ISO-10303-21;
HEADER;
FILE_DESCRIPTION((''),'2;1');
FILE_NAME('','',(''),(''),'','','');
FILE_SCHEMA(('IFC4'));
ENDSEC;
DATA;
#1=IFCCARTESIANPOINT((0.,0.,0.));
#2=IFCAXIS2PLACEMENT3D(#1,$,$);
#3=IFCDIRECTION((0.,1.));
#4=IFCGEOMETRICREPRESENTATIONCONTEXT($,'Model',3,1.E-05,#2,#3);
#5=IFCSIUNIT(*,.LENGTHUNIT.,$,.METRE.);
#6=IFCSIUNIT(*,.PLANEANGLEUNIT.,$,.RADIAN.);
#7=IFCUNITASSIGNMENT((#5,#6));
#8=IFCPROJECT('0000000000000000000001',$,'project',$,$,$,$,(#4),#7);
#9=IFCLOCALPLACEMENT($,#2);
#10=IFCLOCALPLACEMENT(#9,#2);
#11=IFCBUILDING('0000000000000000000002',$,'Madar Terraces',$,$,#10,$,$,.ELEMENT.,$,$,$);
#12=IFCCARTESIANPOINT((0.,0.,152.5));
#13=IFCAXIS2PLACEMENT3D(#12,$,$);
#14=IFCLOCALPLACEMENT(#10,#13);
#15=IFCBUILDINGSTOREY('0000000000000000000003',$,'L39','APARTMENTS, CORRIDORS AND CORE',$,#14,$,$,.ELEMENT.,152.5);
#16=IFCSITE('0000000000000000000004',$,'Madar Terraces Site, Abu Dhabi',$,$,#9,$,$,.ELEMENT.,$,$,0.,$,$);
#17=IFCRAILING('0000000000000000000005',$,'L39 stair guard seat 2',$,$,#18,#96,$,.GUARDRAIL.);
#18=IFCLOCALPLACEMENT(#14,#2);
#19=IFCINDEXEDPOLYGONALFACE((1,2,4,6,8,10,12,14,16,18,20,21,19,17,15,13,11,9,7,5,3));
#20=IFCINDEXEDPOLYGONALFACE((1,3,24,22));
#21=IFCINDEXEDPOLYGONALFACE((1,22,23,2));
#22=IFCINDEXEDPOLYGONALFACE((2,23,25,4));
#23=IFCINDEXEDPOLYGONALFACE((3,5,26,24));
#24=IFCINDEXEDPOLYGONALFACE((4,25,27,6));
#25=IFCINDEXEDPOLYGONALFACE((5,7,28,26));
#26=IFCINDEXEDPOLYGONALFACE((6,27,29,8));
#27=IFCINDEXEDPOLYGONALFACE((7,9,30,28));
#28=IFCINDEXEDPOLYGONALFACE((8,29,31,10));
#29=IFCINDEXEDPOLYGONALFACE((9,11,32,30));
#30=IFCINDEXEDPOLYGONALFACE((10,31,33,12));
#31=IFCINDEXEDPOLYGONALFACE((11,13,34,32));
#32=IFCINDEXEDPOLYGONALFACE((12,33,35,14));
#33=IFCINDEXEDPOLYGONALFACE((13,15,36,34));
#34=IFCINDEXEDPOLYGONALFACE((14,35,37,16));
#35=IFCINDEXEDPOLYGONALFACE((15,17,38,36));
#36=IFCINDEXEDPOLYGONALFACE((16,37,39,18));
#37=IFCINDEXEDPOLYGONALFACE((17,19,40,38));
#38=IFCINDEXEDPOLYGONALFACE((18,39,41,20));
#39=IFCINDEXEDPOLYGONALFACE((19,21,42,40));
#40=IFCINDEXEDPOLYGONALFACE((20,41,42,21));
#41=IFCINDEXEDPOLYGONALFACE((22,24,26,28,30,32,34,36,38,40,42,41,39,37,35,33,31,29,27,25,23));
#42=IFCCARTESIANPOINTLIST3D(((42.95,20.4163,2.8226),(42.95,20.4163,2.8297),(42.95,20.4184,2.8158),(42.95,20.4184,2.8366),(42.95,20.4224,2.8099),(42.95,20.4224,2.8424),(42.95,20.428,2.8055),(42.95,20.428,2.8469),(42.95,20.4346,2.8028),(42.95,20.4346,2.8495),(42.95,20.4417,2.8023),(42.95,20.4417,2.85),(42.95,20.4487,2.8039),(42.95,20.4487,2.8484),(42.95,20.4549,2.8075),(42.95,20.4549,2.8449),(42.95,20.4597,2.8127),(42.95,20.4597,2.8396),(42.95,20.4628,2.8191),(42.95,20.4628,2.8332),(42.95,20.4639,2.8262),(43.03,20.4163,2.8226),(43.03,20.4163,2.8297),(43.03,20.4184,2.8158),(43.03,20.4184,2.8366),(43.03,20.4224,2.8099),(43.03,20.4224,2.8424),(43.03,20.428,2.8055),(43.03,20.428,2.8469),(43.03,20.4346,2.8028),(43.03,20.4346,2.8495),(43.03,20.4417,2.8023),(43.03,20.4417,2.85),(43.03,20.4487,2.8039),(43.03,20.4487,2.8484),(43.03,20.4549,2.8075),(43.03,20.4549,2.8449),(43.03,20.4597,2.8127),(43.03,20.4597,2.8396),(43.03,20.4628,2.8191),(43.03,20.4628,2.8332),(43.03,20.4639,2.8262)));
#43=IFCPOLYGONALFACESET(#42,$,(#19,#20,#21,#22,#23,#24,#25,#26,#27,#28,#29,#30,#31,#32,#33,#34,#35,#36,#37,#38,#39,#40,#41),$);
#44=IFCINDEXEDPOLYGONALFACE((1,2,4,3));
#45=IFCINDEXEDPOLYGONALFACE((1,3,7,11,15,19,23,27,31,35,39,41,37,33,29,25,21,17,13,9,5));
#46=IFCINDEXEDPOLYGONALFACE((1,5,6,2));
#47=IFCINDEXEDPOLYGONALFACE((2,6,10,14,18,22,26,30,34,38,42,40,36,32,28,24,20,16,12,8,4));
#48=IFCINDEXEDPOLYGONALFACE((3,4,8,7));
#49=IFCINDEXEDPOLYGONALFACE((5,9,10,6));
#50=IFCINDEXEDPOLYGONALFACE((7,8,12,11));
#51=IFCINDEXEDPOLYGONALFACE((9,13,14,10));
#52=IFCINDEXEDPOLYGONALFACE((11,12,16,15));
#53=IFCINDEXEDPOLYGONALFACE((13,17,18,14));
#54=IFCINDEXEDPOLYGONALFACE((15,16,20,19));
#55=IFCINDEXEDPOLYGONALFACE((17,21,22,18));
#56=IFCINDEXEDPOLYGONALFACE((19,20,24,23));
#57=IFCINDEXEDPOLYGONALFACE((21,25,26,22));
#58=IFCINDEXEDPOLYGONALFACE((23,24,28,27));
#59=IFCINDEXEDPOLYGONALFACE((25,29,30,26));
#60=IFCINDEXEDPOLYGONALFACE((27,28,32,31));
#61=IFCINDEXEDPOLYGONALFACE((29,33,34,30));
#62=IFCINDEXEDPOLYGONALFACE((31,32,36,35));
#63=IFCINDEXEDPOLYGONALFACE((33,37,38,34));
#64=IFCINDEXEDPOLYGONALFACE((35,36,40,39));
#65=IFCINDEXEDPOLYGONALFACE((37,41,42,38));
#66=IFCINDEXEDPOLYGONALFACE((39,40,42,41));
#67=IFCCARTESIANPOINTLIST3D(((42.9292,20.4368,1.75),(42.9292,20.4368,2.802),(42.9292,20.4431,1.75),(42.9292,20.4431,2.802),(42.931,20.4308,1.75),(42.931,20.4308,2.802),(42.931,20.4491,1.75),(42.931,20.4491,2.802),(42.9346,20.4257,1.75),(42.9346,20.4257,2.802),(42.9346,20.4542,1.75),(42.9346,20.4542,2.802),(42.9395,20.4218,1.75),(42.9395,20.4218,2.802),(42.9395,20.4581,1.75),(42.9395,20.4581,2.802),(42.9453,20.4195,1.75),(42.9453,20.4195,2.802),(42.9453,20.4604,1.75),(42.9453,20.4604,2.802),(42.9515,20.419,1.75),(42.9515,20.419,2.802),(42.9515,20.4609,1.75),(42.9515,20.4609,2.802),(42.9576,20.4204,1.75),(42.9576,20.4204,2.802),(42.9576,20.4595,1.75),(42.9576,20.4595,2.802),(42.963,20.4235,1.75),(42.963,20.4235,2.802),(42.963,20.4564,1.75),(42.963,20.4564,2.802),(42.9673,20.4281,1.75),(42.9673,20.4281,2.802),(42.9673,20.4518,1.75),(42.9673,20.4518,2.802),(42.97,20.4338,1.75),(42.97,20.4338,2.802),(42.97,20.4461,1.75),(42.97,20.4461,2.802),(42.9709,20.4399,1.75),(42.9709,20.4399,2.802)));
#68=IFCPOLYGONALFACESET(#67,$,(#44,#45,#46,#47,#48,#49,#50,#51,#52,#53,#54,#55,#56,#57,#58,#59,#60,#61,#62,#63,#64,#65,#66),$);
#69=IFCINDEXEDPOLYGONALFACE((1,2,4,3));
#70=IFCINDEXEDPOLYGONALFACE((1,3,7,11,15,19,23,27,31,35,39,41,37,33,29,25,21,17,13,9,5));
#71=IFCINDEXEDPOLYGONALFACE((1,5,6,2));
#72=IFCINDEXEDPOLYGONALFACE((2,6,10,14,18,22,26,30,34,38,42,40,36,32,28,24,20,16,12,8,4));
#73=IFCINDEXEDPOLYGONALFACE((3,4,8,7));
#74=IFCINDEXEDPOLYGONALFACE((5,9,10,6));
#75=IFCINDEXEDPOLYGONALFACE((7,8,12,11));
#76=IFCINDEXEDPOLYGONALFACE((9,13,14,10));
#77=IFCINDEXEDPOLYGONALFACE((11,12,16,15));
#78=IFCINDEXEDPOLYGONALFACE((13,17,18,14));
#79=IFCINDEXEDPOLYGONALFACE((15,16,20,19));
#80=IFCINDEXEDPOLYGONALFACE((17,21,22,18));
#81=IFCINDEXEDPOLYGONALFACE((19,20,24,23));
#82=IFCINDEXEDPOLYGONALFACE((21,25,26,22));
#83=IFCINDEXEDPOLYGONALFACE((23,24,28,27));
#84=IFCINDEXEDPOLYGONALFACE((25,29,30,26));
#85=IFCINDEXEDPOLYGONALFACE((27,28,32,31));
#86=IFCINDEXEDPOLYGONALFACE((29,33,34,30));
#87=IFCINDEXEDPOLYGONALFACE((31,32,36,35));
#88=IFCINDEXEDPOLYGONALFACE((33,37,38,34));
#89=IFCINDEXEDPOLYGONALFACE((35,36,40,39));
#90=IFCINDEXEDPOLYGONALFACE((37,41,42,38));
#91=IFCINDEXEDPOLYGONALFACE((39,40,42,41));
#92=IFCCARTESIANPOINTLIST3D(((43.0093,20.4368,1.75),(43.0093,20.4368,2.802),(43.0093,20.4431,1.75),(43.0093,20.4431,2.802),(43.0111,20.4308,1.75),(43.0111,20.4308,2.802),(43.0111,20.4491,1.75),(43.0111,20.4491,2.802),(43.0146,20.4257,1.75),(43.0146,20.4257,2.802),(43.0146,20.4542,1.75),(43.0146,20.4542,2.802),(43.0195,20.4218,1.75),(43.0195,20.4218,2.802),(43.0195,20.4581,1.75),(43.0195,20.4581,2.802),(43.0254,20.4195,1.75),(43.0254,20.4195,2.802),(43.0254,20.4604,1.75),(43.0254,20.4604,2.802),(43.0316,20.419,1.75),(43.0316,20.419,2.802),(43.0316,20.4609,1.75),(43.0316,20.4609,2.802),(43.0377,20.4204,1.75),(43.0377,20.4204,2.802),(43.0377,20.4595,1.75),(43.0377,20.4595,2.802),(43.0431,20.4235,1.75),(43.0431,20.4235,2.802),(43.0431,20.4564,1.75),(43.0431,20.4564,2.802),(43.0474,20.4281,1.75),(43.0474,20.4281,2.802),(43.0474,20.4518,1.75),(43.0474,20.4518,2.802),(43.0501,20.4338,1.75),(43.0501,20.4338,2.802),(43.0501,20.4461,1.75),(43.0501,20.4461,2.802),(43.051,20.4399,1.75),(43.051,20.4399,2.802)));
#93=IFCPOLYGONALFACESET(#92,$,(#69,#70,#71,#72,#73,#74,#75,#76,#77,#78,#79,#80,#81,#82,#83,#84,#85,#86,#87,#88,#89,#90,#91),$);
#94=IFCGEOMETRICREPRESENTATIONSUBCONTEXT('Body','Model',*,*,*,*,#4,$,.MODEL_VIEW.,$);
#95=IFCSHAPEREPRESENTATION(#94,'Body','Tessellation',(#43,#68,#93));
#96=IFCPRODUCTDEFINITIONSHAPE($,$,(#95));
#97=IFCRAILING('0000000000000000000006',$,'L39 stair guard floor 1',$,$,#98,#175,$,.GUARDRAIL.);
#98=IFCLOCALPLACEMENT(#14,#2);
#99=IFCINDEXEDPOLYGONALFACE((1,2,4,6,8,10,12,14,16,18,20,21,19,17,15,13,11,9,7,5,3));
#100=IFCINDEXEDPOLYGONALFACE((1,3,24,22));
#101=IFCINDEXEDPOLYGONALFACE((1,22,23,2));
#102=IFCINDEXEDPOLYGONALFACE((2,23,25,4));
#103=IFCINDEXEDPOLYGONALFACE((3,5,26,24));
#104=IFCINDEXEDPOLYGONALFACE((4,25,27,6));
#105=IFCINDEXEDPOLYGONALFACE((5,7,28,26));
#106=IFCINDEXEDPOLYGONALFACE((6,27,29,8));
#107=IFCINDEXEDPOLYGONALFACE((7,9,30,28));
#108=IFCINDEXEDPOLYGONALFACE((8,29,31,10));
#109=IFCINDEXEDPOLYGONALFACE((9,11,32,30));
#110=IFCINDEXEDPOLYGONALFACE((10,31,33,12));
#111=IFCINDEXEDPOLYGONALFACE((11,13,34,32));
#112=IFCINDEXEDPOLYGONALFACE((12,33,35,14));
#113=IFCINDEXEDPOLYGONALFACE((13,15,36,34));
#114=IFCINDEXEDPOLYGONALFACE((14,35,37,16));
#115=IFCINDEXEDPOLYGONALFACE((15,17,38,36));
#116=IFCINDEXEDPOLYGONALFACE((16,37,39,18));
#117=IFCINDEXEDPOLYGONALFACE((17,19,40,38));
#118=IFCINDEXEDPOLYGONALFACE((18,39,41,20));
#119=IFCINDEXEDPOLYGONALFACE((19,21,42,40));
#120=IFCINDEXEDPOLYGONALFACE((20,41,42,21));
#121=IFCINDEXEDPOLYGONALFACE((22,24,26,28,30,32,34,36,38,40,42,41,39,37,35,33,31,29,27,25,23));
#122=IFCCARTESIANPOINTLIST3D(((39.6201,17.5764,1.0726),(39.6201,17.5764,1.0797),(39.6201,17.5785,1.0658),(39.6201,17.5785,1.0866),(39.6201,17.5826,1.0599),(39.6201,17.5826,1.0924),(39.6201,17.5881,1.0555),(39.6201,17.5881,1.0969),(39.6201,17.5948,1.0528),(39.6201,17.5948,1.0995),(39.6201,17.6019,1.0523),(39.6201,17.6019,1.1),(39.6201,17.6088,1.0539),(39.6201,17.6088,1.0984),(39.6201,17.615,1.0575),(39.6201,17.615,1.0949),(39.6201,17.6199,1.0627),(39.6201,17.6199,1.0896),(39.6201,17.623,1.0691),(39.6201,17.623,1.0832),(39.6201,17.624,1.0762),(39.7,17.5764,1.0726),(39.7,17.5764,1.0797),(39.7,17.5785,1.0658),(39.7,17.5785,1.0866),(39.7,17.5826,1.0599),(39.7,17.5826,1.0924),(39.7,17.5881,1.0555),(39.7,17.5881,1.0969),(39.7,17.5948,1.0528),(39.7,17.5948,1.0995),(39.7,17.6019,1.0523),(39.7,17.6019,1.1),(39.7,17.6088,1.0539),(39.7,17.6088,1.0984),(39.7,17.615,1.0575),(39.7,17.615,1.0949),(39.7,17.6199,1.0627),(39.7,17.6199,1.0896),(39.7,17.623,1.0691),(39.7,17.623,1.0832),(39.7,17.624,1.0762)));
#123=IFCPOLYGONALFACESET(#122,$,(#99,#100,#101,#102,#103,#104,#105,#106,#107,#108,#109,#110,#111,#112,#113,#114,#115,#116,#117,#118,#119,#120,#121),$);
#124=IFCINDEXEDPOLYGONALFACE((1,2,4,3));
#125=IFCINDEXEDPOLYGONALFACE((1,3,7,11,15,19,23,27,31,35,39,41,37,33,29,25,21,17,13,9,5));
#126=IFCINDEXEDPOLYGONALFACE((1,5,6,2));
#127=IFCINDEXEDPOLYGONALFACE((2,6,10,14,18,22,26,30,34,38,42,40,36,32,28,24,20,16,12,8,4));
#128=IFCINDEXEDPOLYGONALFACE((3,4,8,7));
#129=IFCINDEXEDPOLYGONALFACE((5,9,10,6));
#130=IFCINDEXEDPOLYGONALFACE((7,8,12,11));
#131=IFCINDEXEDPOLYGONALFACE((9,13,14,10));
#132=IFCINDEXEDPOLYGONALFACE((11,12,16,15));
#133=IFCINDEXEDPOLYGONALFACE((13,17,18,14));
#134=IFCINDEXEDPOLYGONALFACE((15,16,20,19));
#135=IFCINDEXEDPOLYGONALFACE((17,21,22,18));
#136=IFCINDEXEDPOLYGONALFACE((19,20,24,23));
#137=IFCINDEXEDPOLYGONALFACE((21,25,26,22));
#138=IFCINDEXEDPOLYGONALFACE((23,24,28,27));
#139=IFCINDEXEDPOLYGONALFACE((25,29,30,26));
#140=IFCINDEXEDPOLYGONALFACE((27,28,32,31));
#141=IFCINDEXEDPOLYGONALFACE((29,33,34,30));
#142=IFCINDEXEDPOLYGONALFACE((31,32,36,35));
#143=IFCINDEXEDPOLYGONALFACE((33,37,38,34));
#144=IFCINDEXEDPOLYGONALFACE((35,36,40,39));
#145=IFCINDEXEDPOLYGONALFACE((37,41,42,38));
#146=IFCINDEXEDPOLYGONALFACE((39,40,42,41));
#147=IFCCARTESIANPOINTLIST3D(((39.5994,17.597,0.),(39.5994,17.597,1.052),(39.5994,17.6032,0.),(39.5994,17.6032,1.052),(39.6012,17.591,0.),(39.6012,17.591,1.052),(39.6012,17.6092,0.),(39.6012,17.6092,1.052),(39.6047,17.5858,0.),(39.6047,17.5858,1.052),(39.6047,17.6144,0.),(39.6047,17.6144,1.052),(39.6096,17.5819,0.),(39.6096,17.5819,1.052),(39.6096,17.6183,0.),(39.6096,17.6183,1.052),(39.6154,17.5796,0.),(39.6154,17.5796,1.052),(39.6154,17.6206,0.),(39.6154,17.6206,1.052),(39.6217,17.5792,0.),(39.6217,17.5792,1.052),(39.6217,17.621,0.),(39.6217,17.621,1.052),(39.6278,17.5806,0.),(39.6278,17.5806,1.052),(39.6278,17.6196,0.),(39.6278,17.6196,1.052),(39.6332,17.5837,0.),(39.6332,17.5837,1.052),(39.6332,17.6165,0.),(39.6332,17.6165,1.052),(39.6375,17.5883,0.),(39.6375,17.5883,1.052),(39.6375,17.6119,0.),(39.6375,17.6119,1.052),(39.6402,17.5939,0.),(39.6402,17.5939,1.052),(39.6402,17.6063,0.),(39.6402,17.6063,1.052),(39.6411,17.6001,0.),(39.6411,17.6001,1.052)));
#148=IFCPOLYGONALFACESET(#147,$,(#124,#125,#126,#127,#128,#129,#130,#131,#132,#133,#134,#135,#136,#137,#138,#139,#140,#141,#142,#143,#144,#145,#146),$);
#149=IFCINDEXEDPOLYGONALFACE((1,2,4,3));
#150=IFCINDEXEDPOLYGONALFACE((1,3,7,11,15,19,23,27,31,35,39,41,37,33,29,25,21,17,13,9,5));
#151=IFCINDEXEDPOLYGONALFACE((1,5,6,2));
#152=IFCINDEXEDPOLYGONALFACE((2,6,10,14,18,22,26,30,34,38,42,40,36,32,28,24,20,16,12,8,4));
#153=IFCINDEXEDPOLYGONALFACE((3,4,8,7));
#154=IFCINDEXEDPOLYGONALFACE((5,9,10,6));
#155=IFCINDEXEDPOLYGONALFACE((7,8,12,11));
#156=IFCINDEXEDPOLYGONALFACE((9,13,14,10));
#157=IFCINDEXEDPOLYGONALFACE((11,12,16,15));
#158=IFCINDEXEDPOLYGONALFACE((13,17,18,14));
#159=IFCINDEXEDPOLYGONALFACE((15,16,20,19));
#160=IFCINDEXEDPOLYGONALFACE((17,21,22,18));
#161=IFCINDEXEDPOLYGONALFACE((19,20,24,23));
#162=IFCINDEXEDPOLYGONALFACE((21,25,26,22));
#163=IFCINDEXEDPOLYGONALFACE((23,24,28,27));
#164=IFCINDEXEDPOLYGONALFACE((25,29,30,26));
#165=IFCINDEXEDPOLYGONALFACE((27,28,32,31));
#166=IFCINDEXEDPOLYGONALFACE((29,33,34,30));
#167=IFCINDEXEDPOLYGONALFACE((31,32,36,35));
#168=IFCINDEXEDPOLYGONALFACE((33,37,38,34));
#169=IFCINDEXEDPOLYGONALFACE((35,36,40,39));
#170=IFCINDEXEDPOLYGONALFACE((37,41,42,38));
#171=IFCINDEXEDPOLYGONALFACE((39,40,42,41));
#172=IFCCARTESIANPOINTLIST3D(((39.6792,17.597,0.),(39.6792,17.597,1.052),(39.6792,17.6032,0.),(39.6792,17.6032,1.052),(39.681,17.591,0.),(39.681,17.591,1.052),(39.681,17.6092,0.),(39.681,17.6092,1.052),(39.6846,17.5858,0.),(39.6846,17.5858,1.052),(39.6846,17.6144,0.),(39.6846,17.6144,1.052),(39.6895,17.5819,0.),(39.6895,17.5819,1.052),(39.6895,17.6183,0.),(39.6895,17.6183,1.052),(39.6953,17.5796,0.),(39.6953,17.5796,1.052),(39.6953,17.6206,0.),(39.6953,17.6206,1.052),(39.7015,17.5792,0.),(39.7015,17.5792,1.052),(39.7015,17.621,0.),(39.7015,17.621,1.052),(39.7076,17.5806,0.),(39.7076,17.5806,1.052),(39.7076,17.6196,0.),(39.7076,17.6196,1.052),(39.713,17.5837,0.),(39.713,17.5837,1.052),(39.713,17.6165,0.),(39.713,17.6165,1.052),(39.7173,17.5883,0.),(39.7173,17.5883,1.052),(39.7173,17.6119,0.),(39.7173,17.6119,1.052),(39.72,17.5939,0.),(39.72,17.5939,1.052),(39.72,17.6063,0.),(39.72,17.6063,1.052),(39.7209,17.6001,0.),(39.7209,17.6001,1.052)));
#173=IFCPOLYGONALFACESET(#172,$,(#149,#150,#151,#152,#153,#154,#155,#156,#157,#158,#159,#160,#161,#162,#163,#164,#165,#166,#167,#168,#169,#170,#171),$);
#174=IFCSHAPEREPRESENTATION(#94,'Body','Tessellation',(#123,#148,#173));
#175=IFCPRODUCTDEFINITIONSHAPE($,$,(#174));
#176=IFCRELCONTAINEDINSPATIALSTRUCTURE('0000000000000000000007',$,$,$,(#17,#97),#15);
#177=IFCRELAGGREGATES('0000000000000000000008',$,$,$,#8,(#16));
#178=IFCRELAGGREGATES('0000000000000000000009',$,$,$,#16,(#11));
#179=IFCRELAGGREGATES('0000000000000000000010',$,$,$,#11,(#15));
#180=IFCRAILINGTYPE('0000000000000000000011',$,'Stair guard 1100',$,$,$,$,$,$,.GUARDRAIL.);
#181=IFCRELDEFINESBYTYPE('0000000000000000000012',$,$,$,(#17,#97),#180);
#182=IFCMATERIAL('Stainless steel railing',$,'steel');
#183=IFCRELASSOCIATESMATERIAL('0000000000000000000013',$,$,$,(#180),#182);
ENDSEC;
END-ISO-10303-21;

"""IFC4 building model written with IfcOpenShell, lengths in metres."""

from ifc_helpers import new_model, si_unit, direction, frame, origin, origin_2d, place, context, subcontext, project, spatial, circle, extrude, material, type_object, element, save


model = new_model("IFC4")

# Units and contexts
model_context = context("Model", 3, precision=1e-05, world=origin(), true_north=direction((0.0, 1.0)))
body_context = subcontext(model_context, "Body", "Model", "MODEL_VIEW")
ifc_project = project(units=[si_unit("LENGTHUNIT", "METRE"), si_unit("PLANEANGLEUNIT", "RADIAN")], contexts=[model_context])

# Site, building, storey
site_placement = place(None, origin())
site = spatial("IfcSite", under=ifc_project, at=site_placement, Name="Madar Terraces Site, Abu Dhabi", CompositionType="ELEMENT", RefElevation=0.0)
building_placement = place(site_placement, origin())
building = spatial("IfcBuilding", under=site, at=building_placement, Name="Madar Terraces", CompositionType="ELEMENT")
storey_placement = place(building_placement, frame((0.0, 0.0, 152.5)))
storey = spatial("IfcBuildingStorey", under=building, at=storey_placement, Name="L39", Description="APARTMENTS, CORRIDORS AND CORE", CompositionType="ELEMENT", Elevation=152.5)

# Railings
ifc_material_1 = material(Name="Stainless steel railing", Category="steel")
railing_type_1 = type_object("IfcRailingType", Name="Stair guard 1100", PredefinedType="GUARDRAIL", material=ifc_material_1)
railing_1_placement = place(storey_placement, frame((42.95, 20.4399, 1.75)))
element("IfcRailing", 1, at=railing_1_placement, inside=storey, type_object=railing_type_1, Name="L39 stair guard seat 2", PredefinedType="GUARDRAIL", context=body_context, shape_type="SweptSolid", body=[
    extrude(circle(Radius=0.0239, at=origin_2d()), frame((0.0, 0.0, 1.0762), z_axis=(1.0, 0.0, 0.0), x_axis=(0.0, 1.0, 0.0)), (0.0, 0.0, 1.0), 0.0801),
    extrude(circle(Radius=0.021, at=origin_2d()), origin(), (0.0, 0.0, 1.0), 1.052),
    extrude(circle(Radius=0.021, at=origin_2d()), frame((0.0801, 0.0, 0.0)), (0.0, 0.0, 1.0), 1.052),
])
railing_2_placement = place(storey_placement, frame((39.6201, 17.6001, 0.0)))
element("IfcRailing", 2, at=railing_2_placement, inside=storey, type_object=railing_type_1, Name="L39 stair guard floor 1", PredefinedType="GUARDRAIL", context=body_context, shape_type="SweptSolid", body=[
    extrude(circle(Radius=0.0239, at=origin_2d()), frame((0.0, 0.0, 1.0762), z_axis=(1.0, 0.0, 0.0), x_axis=(0.0, 1.0, 0.0)), (0.0, 0.0, 1.0), 0.0798),
    extrude(circle(Radius=0.021, at=origin_2d()), origin(), (0.0, 0.0, 1.0), 1.052),
    extrude(circle(Radius=0.021, at=origin_2d()), frame((0.0798, 0.0, 0.0)), (0.0, 0.0, 1.0), 1.052),
])

save(model, "model.ifc")
